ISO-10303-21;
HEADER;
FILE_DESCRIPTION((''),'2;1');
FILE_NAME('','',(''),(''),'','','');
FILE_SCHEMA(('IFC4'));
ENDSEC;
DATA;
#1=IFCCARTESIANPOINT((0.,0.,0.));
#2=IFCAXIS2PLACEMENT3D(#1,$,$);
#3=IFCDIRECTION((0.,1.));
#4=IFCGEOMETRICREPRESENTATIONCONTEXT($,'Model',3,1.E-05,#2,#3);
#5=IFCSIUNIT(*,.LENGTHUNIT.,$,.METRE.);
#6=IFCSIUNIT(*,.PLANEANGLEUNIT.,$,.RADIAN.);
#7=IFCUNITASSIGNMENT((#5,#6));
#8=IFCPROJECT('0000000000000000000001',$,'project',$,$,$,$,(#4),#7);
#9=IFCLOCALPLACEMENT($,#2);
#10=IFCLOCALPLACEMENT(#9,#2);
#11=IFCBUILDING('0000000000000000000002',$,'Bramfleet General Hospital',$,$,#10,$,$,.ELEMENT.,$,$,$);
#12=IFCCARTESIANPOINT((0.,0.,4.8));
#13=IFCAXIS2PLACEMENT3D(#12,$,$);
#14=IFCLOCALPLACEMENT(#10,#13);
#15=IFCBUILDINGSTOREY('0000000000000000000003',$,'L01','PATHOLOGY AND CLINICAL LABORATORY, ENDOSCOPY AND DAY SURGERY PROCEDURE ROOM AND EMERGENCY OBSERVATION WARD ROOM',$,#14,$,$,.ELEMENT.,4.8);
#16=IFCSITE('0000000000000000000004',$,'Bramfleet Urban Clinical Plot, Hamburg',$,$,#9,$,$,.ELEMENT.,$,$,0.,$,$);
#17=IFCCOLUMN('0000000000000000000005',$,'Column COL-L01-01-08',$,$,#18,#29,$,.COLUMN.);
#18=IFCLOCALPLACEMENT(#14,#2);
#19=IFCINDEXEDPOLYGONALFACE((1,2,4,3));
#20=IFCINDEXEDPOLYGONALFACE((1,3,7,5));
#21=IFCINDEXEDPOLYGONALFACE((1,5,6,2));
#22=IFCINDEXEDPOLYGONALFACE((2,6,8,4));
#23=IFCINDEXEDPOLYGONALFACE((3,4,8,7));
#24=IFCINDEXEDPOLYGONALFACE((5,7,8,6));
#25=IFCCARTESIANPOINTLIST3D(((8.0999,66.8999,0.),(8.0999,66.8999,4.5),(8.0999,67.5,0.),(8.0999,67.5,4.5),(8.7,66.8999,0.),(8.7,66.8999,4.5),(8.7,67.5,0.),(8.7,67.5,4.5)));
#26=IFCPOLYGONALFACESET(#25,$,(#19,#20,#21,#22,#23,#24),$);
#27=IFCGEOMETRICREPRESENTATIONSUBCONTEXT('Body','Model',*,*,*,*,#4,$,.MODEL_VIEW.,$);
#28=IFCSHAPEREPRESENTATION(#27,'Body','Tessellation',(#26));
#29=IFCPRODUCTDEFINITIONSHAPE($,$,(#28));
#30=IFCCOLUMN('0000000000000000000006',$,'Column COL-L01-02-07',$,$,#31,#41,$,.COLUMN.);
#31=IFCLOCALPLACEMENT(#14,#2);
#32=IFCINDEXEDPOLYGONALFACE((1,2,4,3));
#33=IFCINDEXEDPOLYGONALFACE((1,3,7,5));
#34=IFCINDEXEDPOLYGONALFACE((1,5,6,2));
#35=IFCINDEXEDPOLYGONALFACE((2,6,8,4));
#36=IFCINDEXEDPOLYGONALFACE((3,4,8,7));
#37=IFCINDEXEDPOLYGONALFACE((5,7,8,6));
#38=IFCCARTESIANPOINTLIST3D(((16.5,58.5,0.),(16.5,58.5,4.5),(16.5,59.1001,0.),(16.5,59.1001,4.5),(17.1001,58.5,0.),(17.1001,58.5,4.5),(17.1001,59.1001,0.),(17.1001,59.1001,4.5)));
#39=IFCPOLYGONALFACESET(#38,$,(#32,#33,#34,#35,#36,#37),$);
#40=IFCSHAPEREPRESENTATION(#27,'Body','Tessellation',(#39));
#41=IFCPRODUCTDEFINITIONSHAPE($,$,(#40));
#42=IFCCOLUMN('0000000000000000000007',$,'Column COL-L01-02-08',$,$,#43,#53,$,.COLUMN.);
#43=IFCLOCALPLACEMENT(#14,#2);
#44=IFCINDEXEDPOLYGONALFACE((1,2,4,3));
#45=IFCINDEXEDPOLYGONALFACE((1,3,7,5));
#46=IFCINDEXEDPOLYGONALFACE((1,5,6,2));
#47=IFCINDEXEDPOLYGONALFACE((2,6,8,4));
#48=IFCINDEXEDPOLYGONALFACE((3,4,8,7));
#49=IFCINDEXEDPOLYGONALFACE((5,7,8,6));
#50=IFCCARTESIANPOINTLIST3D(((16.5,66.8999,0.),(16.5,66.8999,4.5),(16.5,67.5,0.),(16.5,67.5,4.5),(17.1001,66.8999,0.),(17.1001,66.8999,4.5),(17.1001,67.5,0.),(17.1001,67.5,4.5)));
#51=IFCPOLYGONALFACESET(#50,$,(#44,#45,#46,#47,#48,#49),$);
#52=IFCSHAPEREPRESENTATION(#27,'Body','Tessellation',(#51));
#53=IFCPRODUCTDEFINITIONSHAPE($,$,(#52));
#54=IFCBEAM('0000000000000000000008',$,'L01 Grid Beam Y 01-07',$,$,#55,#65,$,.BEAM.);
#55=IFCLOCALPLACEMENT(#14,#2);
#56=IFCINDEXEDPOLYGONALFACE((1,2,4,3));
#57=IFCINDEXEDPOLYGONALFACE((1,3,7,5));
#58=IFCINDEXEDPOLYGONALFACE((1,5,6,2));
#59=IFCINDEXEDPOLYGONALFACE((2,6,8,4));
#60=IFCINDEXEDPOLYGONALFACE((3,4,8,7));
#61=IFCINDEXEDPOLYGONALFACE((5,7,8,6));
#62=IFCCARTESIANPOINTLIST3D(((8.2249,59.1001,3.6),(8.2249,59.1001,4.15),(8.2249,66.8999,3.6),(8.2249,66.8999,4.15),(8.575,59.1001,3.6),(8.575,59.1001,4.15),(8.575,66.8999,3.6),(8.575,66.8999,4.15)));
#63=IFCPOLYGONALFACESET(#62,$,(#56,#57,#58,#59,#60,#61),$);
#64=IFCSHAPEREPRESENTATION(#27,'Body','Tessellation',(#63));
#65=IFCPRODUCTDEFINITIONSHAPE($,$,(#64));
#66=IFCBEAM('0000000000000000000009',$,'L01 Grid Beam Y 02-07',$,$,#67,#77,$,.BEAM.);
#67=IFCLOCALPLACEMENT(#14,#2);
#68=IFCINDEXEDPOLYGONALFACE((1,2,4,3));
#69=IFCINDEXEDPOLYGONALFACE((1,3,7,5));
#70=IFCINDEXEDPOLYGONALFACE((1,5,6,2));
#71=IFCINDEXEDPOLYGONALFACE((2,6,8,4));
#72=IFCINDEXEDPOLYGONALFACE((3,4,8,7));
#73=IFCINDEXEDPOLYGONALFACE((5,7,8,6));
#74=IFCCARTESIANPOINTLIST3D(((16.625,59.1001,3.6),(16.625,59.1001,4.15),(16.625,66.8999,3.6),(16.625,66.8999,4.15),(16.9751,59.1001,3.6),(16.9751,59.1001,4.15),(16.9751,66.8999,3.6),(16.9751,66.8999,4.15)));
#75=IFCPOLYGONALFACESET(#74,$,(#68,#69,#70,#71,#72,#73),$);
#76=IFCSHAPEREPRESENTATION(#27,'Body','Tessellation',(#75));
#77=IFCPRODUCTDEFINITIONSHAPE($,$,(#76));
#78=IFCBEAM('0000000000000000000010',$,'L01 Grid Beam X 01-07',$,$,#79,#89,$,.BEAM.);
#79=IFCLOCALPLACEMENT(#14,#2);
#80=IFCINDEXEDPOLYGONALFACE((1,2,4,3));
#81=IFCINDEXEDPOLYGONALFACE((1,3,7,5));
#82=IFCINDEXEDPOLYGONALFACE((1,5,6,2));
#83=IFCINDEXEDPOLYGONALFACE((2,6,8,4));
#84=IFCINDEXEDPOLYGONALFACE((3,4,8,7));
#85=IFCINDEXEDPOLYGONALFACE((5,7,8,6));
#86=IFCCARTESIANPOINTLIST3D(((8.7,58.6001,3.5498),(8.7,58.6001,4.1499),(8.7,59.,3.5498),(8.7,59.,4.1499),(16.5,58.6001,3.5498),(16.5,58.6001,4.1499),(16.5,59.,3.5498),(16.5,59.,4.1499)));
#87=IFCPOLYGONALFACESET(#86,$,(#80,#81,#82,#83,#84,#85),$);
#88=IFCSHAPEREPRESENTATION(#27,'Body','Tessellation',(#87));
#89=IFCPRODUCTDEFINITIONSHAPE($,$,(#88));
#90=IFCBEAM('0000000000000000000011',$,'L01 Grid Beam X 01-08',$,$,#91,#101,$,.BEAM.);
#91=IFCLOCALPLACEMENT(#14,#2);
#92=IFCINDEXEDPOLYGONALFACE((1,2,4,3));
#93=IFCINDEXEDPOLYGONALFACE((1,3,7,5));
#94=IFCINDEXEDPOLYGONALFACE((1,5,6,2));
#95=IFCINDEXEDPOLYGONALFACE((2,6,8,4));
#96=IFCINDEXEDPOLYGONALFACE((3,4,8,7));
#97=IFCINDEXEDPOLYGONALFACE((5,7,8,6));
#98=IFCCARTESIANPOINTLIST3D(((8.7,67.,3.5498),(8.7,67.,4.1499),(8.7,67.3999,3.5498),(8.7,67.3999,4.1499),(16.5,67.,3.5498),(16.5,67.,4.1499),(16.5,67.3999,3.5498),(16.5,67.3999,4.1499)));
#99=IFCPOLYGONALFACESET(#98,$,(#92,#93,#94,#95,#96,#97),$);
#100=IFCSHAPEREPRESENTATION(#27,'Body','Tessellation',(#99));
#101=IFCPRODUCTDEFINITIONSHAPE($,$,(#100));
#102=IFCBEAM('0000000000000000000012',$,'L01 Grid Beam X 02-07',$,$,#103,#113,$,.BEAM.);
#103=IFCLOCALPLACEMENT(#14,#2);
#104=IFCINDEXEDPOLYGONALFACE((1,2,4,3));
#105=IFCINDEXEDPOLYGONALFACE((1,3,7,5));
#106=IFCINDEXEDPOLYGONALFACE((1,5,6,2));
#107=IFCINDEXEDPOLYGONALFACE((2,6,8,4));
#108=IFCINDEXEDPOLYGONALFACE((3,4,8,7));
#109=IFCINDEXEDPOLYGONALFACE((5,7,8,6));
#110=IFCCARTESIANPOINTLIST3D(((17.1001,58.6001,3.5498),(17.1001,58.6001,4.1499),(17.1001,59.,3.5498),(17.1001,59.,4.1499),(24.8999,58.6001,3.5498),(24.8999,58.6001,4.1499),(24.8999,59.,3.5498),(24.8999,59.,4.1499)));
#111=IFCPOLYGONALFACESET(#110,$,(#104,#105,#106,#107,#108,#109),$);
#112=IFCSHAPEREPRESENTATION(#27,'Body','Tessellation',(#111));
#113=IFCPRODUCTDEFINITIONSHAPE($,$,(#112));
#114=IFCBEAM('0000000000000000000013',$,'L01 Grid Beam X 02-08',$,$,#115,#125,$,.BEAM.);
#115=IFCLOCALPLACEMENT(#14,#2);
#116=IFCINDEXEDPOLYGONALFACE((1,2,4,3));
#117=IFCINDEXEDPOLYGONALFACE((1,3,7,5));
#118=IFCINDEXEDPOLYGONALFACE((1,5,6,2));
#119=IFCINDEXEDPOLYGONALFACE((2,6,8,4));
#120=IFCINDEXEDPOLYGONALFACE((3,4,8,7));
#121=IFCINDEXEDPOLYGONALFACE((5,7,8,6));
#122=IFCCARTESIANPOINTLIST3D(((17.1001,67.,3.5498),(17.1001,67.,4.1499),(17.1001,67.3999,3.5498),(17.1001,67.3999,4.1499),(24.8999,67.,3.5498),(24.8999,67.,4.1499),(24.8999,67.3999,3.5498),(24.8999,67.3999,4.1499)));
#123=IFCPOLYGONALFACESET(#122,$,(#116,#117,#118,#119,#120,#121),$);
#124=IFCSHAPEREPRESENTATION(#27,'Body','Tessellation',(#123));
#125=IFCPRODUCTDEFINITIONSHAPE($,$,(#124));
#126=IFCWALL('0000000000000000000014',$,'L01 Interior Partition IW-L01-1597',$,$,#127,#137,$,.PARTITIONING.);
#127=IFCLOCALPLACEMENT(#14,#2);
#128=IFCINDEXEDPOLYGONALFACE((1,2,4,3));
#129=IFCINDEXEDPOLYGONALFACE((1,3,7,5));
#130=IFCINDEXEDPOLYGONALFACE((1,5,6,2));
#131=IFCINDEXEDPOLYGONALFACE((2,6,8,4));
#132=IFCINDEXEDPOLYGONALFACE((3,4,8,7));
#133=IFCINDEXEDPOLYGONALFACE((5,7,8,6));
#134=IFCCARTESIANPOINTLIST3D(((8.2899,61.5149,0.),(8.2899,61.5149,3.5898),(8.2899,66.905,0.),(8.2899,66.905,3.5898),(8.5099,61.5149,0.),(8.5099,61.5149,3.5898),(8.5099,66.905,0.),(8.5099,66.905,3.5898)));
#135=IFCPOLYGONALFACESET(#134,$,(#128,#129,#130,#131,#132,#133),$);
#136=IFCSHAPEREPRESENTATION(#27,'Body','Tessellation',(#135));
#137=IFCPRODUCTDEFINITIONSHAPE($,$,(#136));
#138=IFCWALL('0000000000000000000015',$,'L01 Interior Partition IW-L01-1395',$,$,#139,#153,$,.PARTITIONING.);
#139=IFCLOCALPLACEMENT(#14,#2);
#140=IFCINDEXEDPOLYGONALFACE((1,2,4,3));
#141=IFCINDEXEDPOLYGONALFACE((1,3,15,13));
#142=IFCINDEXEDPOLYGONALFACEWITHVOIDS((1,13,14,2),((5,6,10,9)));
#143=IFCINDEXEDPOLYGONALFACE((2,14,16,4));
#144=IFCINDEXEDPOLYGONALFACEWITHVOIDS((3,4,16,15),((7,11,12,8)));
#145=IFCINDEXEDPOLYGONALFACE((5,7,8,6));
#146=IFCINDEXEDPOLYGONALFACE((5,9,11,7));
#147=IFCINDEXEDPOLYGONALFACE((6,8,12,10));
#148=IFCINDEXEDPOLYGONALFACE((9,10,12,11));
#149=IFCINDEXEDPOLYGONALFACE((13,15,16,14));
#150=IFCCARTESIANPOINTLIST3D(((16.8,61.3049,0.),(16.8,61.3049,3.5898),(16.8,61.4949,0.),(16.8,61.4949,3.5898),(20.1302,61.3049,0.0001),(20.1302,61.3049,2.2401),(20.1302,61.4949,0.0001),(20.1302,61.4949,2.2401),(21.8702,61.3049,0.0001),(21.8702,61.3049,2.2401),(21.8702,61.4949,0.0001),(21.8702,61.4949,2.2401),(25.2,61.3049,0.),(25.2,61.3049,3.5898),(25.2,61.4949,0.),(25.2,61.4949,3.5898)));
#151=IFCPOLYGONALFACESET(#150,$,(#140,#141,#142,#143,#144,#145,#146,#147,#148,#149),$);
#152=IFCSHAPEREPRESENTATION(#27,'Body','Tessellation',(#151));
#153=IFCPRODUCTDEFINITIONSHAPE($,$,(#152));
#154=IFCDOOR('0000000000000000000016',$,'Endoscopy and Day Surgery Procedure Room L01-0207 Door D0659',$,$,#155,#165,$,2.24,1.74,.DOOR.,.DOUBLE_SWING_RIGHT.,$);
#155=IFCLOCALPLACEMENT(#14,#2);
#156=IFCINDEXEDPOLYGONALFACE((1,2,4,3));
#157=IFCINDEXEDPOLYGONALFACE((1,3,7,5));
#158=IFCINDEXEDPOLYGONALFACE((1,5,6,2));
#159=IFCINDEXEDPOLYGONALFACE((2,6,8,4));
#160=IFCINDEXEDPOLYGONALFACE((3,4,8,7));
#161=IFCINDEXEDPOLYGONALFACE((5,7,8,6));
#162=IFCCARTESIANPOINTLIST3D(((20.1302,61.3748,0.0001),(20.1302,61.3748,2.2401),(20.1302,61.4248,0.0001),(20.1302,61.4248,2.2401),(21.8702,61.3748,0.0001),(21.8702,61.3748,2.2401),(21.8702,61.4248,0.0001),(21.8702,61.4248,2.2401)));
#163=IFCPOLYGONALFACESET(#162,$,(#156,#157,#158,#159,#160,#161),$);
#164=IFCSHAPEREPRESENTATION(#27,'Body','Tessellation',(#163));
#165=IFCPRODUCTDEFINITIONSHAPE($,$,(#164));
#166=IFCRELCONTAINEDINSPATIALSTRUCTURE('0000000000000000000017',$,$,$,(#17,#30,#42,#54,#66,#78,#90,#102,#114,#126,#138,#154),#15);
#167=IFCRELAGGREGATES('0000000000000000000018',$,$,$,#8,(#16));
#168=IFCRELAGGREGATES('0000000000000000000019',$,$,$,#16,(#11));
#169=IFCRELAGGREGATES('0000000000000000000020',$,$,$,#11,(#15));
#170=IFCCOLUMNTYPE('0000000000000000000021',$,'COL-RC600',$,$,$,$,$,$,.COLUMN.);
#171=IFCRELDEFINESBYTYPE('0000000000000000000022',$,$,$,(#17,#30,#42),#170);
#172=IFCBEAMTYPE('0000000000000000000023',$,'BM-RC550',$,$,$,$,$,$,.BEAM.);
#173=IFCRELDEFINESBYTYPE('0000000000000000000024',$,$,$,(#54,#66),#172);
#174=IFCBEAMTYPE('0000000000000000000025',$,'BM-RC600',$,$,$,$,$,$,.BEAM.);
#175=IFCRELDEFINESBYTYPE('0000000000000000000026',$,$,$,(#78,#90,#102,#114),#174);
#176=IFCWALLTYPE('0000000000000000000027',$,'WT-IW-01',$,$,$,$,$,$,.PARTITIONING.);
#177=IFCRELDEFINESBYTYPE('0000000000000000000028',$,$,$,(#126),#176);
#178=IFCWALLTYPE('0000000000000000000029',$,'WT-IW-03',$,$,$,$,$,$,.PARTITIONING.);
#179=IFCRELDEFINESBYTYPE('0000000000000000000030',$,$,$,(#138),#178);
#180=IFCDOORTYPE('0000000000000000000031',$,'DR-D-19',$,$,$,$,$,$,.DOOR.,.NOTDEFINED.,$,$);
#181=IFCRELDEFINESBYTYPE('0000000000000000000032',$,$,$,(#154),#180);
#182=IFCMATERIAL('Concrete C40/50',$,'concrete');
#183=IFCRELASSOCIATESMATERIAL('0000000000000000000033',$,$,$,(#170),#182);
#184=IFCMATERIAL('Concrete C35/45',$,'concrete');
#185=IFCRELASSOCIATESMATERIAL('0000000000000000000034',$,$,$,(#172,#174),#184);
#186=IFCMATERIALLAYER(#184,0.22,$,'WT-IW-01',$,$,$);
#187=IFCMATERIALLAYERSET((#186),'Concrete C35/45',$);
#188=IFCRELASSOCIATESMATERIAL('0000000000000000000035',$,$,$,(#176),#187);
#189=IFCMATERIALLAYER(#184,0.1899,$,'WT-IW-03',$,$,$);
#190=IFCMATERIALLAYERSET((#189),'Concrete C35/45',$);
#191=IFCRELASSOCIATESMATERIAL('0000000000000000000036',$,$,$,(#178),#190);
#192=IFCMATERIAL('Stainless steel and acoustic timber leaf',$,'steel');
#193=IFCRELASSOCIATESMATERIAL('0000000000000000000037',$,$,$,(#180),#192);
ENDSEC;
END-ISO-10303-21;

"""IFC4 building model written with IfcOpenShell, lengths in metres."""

from ifc_helpers import new_model, si_unit, direction, frame, frame_2d, origin, origin_2d, place, context, subcontext, project, spatial, rectangle, extrude, material, layer, layer_set, material_profile, profile_set, type_object, element, fill, save


model = new_model("IFC4")

# Units and contexts
model_context = context("Model", 3, precision=1e-05, world=origin(), true_north=direction((0.0, 1.0)))
body_context = subcontext(model_context, "Body", "Model", "MODEL_VIEW")
ifc_project = project(units=[si_unit("LENGTHUNIT", "METRE"), si_unit("PLANEANGLEUNIT", "RADIAN")], contexts=[model_context])

# Site, building, storey
site_placement = place(None, origin())
site = spatial("IfcSite", under=ifc_project, at=site_placement, Name="Bramfleet Urban Clinical Plot, Hamburg", CompositionType="ELEMENT", RefElevation=0.0)
building_placement = place(site_placement, origin())
building = spatial("IfcBuilding", under=site, at=building_placement, Name="Bramfleet General Hospital", CompositionType="ELEMENT")
storey_placement = place(building_placement, frame((0.0, 0.0, 4.8)))
storey = spatial("IfcBuildingStorey", under=building, at=storey_placement, Name="L01", Description="PATHOLOGY AND CLINICAL LABORATORY, ENDOSCOPY AND DAY SURGERY PROCEDURE ROOM AND EMERGENCY OBSERVATION WARD ROOM", CompositionType="ELEMENT", Elevation=4.8)

# Columns
ifc_material_1 = material(Name="Concrete C40/50", Category="concrete")
ifc_material_profile_1 = material_profile(ifc_material_1, rectangle(XDim=0.6001, YDim=0.6001, at=origin_2d()), Name="RC COL 600x600")
ifc_profile_set_1 = profile_set([ifc_material_profile_1], Name="Concrete C40/50")
column_type = type_object("IfcColumnType", Name="COL-RC600", PredefinedType="COLUMN", material=ifc_profile_set_1)
for number, where, z_axis, x_axis, name in (
    (1, (8.3999, 67.2, 0.0), (0.0, 0.0, 1.0), (1.0, 0.0, 0.0), "Column COL-L01-01-08"),
    (2, (16.8, 58.8, 0.0), (0.0, 0.0, 1.0), (1.0, 0.0, 0.0), "Column COL-L01-02-07"),
    (3, (16.8, 67.2, 0.0), (0.0, 0.0, 1.0), (1.0, 0.0, 0.0), "Column COL-L01-02-08"),
):
    element("IfcColumn", number, at=place(storey_placement, frame(where, z_axis=z_axis, x_axis=x_axis)), inside=storey, type_object=column_type, Name=name, PredefinedType="COLUMN", context=body_context, shape_type="SweptSolid", body=[
        extrude(rectangle(XDim=0.6001, YDim=0.6001, at=origin_2d()), origin(), (0.0, 0.0, 1.0), 4.5),
    ])

# Beams
ifc_material_2 = material(Name="Concrete C35/45", Category="concrete")
ifc_material_profile_2 = material_profile(ifc_material_2, rectangle(XDim=0.3501, YDim=0.55, at=origin_2d()), Name="RC BM 550x350")
ifc_profile_set_2 = profile_set([ifc_material_profile_2], Name="Concrete C35/45")
beam_type_1 = type_object("IfcBeamType", Name="BM-RC550", PredefinedType="BEAM", material=ifc_profile_set_2)
for number, where, z_axis, x_axis, name in (
    (4, (8.3999, 59.1001, 3.875), (0.0, 1.0, 0.0), (-1.0, 0.0, 0.0), "L01 Grid Beam Y 01-07"),
    (5, (16.8, 59.1001, 3.875), (0.0, 1.0, 0.0), (-1.0, 0.0, 0.0), "L01 Grid Beam Y 02-07"),
):
    element("IfcBeam", number, at=place(storey_placement, frame(where, z_axis=z_axis, x_axis=x_axis)), inside=storey, type_object=beam_type_1, Name=name, PredefinedType="BEAM", context=body_context, shape_type="SweptSolid", body=[
        extrude(rectangle(XDim=0.3501, YDim=0.55, at=origin_2d()), origin(), (0.0, 0.0, 1.0), 7.7998),
    ])
ifc_material_profile_3 = material_profile(ifc_material_2, rectangle(XDim=0.3999, YDim=0.6001, at=origin_2d()), Name="RC BM 600x400")
ifc_profile_set_3 = profile_set([ifc_material_profile_3], Name="Concrete C35/45")
beam_type_2 = type_object("IfcBeamType", Name="BM-RC600", PredefinedType="BEAM", material=ifc_profile_set_3)
for number, where, z_axis, x_axis, name in (
    (6, (8.7, 58.8, 3.8499), (1.0, 0.0, 0.0), (0.0, 1.0, 0.0), "L01 Grid Beam X 01-07"),
    (7, (8.7, 67.2, 3.8499), (1.0, 0.0, 0.0), (0.0, 1.0, 0.0), "L01 Grid Beam X 01-08"),
):
    element("IfcBeam", number, at=place(storey_placement, frame(where, z_axis=z_axis, x_axis=x_axis)), inside=storey, type_object=beam_type_2, Name=name, PredefinedType="BEAM", context=body_context, shape_type="SweptSolid", body=[
        extrude(rectangle(XDim=0.3999, YDim=0.6001, at=origin_2d()), origin(), (0.0, 0.0, 1.0), 7.8),
    ])
for number, where, z_axis, x_axis, name in (
    (8, (17.1001, 58.8, 3.8499), (1.0, 0.0, 0.0), (0.0, 1.0, 0.0), "L01 Grid Beam X 02-07"),
    (9, (17.1001, 67.2, 3.8499), (1.0, 0.0, 0.0), (0.0, 1.0, 0.0), "L01 Grid Beam X 02-08"),
):
    element("IfcBeam", number, at=place(storey_placement, frame(where, z_axis=z_axis, x_axis=x_axis)), inside=storey, type_object=beam_type_2, Name=name, PredefinedType="BEAM", context=body_context, shape_type="SweptSolid", body=[
        extrude(rectangle(XDim=0.3999, YDim=0.6001, at=origin_2d()), origin(), (0.0, 0.0, 1.0), 7.7998),
    ])

# Wall
ifc_layer_1 = layer(ifc_material_2, 0.22, Name="WT-IW-01")
ifc_layer_set_1 = layer_set([ifc_layer_1], Name="Concrete C35/45")
wall_type_1 = type_object("IfcWallType", Name="WT-IW-01", PredefinedType="PARTITIONING", material=ifc_layer_set_1)
wall_1_placement = place(storey_placement, frame((8.3999, 61.5149, 0.0), z_axis=(0.0, 0.0, 1.0), x_axis=(0.0, 1.0, 0.0)))
element("IfcWall", 10, at=wall_1_placement, inside=storey, type_object=wall_type_1, Name="L01 Interior Partition IW-L01-1597", PredefinedType="PARTITIONING", context=body_context, shape_type="SweptSolid", body=[
    extrude(rectangle(XDim=5.3901, YDim=0.22, at=frame_2d((2.6951, 0.0))), origin(), (0.0, 0.0, 1.0), 3.5898),
])

# Wall, opening, door
ifc_layer_2 = layer(ifc_material_2, 0.1899, Name="WT-IW-03")
ifc_layer_set_2 = layer_set([ifc_layer_2], Name="Concrete C35/45")
wall_type_2 = type_object("IfcWallType", Name="WT-IW-03", PredefinedType="PARTITIONING", material=ifc_layer_set_2)
wall_2_placement = place(storey_placement, frame((16.8, 61.3999, 0.0), z_axis=(0.0, 0.0, 1.0), x_axis=(1.0, 0.0, 0.0)))
wall_2 = element("IfcWall", 11, at=wall_2_placement, inside=storey, type_object=wall_type_2, Name="L01 Interior Partition IW-L01-1395", PredefinedType="PARTITIONING", context=body_context, shape_type="SweptSolid", body=[
    extrude(rectangle(XDim=8.3999, YDim=0.1899, at=frame_2d((4.2, 0.0))), origin(), (0.0, 0.0, 1.0), 3.5898),
])
opening_1_placement = place(wall_2_placement, frame((3.3301, 0.0, 0.0)))
opening_1 = element("IfcOpeningElement", 12, at=opening_1_placement, cuts=wall_2, PredefinedType="OPENING", context=body_context, shape_type="SweptSolid", body=[
    extrude(rectangle(XDim=1.74, YDim=2.24, at=frame_2d((0.8701, 1.1201))), frame((0.0, 0.105, 0.0), z_axis=(0.0, -1.0, 0.0), x_axis=(1.0, 0.0, 0.0)), (0.0, 0.0, 1.0), 0.21),
])
ifc_material_3 = material(Name="Stainless steel and acoustic timber leaf", Category="steel")
door_type_1 = type_object("IfcDoorType", Name="DR-D-19", OperationType="NOTDEFINED", PredefinedType="DOOR", material=ifc_material_3)
door_1_placement = place(opening_1_placement, origin())
door_1 = element("IfcDoor", 13, at=door_1_placement, inside=storey, type_object=door_type_1, Name="Endoscopy and Day Surgery Procedure Room L01-0207 Door D0659", OperationType="DOUBLE_SWING_RIGHT", OverallHeight=2.24, OverallWidth=1.74, PredefinedType="DOOR", context=body_context, shape_type="SweptSolid", body=[
    extrude(rectangle(XDim=1.74, YDim=2.24, at=frame_2d((0.8701, 1.1201))), frame((0.0, 0.0249, 0.0), z_axis=(0.0, -1.0, 0.0), x_axis=(1.0, 0.0, 0.0)), (0.0, 0.0, 1.0), 0.05),
])
fill(opening_1, door_1)

save(model, "model.ifc")
